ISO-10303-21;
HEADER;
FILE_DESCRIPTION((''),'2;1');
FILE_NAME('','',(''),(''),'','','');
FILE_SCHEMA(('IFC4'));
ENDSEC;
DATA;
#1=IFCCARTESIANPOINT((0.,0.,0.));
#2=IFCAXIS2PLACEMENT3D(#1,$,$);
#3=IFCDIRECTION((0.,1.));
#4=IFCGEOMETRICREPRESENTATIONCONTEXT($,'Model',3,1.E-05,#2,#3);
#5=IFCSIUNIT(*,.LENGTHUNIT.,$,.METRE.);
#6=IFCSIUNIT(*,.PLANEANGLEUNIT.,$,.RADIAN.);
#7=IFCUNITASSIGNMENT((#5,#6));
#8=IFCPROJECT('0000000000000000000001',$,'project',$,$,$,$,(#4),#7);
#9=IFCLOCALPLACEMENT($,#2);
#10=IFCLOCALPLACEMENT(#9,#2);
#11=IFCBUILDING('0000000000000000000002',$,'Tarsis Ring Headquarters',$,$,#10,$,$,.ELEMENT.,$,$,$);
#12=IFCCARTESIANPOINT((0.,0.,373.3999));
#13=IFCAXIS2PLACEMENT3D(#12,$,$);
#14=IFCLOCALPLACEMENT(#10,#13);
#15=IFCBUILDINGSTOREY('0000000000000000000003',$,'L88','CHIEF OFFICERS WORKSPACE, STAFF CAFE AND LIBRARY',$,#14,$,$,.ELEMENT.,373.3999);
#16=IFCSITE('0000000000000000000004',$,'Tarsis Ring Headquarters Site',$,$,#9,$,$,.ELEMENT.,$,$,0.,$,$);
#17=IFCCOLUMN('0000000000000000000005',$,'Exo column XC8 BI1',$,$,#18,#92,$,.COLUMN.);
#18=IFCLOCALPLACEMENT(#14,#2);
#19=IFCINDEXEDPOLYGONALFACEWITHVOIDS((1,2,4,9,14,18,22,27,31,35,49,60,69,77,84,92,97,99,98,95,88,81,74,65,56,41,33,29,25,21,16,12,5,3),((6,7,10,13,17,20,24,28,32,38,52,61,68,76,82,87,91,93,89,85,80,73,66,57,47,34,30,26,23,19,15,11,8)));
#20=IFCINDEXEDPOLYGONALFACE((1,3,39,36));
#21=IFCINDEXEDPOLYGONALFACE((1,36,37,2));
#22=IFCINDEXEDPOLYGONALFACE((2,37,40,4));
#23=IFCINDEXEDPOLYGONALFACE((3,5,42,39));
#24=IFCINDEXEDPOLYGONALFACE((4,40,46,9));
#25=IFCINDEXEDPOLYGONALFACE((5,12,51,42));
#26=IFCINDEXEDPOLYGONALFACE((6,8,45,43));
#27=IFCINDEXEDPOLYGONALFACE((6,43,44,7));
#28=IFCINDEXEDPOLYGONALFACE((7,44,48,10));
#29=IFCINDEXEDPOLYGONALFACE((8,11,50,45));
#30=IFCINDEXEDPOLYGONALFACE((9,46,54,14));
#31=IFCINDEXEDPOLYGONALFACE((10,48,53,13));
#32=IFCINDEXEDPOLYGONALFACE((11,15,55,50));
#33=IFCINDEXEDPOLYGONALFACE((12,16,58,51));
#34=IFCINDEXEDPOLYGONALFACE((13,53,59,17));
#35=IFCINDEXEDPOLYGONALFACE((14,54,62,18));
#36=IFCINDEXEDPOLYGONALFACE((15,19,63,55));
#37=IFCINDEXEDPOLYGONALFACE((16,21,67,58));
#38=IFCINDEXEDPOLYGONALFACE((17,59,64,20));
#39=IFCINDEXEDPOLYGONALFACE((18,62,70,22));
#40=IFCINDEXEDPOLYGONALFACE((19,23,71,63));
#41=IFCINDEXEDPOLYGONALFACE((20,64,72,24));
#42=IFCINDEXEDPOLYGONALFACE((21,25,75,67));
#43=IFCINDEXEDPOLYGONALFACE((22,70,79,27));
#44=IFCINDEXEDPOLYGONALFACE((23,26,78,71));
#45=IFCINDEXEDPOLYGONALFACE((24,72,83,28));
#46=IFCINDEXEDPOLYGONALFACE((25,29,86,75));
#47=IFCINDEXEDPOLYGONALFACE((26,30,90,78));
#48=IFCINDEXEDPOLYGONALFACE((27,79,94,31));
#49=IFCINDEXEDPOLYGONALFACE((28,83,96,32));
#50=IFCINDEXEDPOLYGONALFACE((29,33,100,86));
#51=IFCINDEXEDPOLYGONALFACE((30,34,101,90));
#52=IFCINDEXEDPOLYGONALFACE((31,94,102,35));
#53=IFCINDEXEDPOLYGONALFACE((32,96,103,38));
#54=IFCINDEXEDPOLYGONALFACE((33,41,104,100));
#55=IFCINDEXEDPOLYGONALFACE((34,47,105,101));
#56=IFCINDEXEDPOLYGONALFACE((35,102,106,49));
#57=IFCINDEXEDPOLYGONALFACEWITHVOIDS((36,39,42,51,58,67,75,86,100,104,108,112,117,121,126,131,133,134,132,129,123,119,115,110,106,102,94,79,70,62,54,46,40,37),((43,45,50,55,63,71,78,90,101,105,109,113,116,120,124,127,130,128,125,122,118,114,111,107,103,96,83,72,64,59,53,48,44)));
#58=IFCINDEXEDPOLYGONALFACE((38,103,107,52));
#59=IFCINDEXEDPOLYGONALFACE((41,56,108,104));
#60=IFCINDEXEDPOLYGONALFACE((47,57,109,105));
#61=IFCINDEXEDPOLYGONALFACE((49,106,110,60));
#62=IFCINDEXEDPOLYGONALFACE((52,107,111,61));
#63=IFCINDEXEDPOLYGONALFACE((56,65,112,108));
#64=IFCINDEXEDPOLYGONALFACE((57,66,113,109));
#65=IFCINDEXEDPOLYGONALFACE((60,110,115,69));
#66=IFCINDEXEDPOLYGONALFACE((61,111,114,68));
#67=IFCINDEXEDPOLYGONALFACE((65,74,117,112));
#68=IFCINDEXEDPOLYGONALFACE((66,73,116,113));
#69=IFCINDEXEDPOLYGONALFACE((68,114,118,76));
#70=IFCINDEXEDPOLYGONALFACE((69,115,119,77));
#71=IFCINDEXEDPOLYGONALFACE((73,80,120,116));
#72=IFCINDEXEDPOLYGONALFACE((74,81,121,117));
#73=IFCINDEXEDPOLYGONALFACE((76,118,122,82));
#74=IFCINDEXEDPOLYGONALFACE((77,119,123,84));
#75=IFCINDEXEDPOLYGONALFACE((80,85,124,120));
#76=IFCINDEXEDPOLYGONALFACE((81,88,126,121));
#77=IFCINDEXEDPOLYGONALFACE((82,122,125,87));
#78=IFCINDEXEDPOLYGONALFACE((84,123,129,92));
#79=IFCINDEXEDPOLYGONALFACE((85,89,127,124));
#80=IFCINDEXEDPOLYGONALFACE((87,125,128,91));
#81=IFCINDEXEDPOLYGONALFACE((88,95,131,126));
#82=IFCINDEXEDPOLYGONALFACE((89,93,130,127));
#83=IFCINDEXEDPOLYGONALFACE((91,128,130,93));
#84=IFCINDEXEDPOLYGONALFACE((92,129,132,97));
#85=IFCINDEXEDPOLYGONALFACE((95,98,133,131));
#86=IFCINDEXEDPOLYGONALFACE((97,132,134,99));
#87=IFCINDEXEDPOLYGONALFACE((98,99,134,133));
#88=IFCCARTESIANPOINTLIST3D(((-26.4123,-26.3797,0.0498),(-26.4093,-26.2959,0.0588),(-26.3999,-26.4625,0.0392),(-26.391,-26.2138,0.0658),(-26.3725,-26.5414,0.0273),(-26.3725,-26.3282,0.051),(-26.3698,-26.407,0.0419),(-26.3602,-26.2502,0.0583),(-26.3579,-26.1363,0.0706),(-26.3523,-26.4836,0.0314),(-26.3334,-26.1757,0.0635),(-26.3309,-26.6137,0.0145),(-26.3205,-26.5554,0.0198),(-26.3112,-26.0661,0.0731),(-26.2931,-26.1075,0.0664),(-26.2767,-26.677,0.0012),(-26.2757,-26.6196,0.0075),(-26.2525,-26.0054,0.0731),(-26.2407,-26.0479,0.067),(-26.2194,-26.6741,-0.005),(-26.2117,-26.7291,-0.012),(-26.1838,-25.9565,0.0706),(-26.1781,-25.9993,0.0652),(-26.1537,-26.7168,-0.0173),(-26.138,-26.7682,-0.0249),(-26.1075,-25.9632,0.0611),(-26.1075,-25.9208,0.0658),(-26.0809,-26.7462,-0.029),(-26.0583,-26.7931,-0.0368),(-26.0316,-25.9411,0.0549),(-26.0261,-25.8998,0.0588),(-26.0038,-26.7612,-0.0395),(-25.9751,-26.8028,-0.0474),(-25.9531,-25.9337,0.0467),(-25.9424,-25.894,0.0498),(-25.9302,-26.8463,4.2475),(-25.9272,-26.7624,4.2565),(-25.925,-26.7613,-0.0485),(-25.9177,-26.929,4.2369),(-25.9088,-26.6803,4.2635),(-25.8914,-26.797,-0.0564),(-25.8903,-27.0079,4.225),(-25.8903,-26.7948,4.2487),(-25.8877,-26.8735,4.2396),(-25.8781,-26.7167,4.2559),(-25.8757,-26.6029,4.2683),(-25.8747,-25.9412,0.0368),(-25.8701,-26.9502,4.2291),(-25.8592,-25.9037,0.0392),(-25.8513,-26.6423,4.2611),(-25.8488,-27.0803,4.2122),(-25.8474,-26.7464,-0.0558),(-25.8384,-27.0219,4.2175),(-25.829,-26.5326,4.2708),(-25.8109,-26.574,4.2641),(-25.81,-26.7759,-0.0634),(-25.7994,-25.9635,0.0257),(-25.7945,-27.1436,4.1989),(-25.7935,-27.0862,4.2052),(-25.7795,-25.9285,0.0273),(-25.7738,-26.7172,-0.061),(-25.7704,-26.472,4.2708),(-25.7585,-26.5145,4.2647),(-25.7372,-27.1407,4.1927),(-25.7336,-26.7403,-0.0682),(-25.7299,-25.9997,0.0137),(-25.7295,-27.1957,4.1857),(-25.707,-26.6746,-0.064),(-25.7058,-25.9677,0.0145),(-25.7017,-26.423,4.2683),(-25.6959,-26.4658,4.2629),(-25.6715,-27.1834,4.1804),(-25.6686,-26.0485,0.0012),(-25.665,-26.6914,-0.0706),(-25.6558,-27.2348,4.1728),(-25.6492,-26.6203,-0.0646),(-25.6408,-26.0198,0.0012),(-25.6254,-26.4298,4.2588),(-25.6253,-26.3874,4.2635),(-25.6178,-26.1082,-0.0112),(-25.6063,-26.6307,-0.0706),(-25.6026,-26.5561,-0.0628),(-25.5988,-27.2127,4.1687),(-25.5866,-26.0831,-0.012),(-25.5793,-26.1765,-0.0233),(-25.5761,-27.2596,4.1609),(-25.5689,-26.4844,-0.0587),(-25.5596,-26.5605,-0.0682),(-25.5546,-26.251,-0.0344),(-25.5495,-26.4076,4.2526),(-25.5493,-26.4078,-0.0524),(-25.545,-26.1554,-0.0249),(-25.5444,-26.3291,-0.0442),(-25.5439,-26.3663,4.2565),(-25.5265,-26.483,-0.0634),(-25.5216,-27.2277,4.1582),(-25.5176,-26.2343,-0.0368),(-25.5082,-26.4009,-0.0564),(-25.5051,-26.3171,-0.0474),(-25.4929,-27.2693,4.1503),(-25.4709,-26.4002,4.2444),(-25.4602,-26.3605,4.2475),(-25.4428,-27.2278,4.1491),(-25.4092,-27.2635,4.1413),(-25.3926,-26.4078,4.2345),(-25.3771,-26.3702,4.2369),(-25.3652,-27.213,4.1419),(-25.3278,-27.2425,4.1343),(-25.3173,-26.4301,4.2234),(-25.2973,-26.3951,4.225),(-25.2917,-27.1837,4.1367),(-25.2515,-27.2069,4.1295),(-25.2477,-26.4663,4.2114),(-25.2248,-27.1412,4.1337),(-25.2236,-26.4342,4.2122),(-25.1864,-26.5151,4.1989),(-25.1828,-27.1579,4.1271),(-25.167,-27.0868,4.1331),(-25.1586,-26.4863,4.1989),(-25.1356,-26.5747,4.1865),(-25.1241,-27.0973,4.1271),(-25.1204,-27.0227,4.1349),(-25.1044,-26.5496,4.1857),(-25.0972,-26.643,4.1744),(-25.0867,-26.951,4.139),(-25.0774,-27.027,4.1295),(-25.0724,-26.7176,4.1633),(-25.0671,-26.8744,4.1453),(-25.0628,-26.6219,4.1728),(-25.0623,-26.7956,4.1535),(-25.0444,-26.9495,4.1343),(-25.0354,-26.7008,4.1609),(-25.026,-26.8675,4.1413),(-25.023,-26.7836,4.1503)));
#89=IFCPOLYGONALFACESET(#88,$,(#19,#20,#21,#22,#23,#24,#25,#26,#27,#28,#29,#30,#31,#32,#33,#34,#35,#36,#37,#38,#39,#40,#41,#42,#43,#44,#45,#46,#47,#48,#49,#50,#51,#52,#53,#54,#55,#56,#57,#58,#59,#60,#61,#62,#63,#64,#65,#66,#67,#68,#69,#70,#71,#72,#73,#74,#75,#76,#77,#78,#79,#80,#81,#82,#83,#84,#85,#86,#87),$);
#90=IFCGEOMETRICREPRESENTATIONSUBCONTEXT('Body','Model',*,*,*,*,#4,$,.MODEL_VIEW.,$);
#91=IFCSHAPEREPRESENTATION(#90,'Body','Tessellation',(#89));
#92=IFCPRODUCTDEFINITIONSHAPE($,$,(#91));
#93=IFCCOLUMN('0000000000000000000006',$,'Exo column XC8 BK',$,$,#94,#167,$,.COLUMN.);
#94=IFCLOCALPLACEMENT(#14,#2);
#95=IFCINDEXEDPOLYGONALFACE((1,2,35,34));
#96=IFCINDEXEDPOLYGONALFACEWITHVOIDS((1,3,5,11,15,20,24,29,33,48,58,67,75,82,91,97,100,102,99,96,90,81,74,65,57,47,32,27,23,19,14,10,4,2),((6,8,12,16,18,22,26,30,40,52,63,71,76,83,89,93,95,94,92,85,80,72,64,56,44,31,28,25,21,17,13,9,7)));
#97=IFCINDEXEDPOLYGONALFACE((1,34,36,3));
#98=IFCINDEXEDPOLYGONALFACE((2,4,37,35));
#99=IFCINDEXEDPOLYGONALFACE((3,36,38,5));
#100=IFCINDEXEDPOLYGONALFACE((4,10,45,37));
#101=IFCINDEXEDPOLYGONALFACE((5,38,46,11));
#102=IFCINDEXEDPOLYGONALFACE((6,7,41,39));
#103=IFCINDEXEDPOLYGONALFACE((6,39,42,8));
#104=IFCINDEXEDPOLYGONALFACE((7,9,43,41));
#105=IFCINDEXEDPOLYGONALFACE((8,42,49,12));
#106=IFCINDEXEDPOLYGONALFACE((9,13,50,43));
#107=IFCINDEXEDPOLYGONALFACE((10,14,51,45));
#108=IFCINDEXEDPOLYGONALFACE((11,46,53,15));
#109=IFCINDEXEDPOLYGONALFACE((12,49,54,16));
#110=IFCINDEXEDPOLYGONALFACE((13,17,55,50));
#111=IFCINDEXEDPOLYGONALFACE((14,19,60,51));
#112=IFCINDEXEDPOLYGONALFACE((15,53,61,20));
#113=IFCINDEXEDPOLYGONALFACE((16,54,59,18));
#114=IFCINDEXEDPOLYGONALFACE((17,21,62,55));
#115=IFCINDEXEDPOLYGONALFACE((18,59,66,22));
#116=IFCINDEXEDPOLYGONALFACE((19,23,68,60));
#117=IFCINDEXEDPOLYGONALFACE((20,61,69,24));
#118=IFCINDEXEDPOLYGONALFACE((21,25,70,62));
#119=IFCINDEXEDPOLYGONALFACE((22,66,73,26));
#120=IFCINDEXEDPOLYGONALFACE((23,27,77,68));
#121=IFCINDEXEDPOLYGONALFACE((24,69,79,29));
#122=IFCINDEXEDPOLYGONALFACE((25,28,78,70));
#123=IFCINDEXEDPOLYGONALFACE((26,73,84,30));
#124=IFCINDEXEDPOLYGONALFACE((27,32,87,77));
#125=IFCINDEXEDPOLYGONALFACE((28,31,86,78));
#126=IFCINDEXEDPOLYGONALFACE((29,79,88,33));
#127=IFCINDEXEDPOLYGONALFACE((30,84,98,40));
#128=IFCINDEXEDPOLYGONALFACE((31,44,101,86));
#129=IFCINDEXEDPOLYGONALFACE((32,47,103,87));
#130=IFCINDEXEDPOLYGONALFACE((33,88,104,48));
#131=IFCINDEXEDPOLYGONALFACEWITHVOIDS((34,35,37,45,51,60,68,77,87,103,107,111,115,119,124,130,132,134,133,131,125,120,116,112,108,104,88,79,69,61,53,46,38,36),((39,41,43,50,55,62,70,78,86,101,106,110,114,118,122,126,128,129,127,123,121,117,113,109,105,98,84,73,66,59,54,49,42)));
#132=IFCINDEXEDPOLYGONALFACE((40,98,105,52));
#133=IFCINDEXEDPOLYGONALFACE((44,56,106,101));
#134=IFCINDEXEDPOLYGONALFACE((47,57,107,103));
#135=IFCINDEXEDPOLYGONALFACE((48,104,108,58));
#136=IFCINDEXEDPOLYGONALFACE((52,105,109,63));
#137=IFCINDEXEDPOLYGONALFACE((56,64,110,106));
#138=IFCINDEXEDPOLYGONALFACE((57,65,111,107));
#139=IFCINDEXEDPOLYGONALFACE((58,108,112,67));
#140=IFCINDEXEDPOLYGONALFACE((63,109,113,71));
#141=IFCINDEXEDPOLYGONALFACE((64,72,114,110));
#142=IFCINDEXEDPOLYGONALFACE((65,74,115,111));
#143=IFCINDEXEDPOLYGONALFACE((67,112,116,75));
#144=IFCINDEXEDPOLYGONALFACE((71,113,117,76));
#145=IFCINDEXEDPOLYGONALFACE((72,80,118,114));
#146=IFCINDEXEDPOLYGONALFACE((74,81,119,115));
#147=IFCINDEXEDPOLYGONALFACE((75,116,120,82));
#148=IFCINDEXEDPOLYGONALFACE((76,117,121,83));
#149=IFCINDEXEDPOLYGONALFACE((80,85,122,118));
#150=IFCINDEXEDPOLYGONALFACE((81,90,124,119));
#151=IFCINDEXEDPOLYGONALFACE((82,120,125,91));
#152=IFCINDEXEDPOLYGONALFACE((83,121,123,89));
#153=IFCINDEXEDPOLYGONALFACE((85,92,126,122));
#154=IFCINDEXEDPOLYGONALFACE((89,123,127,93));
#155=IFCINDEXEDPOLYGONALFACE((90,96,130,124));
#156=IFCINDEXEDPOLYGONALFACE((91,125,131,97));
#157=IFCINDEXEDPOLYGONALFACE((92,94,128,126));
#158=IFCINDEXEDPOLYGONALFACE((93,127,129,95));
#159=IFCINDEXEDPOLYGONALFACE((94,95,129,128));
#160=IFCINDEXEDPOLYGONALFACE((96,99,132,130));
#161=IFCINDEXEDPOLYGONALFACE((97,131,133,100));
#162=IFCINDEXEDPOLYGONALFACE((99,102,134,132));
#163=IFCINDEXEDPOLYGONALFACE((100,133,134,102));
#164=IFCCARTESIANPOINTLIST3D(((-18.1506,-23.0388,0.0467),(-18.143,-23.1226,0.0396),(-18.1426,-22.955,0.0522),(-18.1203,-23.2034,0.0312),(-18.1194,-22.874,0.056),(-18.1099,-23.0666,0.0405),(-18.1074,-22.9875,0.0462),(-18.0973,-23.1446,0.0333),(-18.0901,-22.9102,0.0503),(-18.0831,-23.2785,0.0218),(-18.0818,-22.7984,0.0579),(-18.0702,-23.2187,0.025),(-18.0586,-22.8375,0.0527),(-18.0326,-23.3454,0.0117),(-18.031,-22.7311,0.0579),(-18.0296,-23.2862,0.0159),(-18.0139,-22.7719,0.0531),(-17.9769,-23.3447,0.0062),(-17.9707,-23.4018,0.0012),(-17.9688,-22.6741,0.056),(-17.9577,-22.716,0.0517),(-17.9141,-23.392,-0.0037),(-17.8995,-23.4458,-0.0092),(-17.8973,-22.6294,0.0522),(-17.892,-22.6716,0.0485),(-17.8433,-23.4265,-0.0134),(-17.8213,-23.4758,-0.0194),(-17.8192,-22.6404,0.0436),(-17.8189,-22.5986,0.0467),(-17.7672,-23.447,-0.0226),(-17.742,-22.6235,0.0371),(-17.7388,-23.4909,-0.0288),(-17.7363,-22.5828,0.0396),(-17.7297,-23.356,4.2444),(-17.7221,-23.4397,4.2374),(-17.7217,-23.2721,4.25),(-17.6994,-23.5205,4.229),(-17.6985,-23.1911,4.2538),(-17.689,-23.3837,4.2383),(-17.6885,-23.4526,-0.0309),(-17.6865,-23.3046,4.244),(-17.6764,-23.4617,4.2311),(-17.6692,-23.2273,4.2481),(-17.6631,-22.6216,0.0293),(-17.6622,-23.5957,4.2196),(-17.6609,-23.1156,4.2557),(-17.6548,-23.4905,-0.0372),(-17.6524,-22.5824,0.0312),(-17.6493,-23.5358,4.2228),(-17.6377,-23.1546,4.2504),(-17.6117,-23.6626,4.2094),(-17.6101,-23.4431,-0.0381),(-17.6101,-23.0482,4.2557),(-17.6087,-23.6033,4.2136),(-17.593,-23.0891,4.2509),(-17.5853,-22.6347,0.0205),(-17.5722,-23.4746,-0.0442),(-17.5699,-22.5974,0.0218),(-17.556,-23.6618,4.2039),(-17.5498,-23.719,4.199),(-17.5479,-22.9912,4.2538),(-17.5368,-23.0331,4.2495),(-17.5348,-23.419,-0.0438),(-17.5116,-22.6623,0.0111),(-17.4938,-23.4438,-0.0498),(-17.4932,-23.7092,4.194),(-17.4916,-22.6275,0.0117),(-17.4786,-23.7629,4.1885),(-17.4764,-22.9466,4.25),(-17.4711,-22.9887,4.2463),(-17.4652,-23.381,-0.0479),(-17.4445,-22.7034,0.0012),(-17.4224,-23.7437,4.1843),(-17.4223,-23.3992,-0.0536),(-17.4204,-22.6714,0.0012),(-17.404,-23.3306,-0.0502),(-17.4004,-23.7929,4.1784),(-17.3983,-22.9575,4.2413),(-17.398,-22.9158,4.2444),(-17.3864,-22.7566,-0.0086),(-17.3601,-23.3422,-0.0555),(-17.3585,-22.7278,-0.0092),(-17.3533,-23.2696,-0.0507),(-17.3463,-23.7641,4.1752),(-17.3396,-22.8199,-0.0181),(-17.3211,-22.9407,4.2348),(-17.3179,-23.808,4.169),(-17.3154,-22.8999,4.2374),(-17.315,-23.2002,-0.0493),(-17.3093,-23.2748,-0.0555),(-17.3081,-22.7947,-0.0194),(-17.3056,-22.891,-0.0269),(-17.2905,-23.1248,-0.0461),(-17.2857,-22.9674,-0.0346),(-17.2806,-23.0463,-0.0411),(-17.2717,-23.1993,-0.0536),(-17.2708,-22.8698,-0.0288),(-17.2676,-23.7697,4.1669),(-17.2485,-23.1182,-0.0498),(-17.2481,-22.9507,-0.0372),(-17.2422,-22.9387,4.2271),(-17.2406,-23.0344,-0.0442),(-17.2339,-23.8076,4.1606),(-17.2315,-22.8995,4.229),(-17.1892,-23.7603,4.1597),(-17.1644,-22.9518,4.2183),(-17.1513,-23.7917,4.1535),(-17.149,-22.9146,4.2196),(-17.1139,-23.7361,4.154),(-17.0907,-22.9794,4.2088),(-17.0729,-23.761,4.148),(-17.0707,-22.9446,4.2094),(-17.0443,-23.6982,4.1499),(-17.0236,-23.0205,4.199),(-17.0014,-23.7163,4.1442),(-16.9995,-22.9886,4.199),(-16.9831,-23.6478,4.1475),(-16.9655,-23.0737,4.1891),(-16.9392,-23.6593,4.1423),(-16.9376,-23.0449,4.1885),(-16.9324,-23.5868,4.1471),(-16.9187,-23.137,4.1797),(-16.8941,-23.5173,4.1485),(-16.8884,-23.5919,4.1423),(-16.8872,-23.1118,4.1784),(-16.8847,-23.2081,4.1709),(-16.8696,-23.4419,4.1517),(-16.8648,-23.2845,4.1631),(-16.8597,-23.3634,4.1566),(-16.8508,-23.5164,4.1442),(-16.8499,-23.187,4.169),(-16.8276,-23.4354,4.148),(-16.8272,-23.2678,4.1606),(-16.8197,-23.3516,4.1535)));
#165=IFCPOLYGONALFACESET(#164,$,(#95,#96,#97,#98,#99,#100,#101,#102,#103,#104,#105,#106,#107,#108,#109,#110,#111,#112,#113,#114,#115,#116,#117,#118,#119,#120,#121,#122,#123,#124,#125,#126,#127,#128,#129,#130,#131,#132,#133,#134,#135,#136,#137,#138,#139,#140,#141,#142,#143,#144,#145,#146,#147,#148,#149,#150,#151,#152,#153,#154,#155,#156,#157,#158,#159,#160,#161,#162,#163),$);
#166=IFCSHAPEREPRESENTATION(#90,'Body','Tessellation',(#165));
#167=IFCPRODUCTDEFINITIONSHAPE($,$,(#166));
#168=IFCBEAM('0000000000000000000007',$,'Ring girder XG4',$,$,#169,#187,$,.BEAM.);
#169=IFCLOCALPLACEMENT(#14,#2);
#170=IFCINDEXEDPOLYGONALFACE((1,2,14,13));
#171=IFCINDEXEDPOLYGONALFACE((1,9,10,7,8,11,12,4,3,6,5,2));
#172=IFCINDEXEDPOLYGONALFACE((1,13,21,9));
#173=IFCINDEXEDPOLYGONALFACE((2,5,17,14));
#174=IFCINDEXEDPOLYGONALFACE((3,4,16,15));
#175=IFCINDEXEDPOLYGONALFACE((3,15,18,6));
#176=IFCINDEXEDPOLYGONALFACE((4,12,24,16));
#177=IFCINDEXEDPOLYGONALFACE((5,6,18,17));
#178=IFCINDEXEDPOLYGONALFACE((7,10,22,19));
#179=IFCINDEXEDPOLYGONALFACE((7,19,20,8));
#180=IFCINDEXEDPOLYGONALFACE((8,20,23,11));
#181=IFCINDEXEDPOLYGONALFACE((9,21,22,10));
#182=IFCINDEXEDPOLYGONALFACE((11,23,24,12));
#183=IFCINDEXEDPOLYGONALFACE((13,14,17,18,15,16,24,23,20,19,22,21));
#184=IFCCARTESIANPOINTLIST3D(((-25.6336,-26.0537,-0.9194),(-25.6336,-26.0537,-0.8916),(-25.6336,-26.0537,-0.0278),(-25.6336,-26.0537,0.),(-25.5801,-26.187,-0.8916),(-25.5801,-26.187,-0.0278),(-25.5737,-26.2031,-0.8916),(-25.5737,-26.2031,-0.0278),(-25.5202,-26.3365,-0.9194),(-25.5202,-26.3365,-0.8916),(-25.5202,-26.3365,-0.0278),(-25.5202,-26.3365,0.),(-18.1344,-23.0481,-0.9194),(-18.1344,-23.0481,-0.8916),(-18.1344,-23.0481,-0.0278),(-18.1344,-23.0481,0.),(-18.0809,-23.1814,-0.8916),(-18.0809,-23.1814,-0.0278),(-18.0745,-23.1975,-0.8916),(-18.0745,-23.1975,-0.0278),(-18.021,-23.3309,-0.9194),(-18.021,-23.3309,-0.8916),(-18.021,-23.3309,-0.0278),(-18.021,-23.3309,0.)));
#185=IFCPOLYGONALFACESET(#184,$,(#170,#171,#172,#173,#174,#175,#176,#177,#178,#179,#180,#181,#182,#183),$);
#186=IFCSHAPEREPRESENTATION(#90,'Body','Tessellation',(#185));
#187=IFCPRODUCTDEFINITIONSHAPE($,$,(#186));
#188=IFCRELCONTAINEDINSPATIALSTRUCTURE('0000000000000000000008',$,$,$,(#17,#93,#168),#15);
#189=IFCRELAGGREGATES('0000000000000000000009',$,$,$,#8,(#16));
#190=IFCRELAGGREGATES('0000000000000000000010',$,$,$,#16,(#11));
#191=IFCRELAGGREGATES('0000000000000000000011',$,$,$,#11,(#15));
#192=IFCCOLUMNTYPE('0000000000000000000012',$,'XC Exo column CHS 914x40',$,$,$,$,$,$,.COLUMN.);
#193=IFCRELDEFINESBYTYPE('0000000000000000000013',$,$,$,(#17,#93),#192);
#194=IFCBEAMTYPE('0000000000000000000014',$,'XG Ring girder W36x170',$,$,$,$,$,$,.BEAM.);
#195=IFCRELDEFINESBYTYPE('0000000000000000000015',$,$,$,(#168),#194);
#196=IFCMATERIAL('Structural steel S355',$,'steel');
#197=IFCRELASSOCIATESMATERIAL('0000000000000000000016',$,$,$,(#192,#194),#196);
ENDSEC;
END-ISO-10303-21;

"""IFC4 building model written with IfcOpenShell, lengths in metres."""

from ifc_helpers import new_model, si_unit, direction, frame, origin, origin_2d, place, context, subcontext, project, spatial, hollow_circle, i_section, extrude, material, material_profile, profile_set, type_object, element, save


model = new_model("IFC4")

# Units and contexts
model_context = context("Model", 3, precision=1e-05, world=origin(), true_north=direction((0.0, 1.0)))
body_context = subcontext(model_context, "Body", "Model", "MODEL_VIEW")
ifc_project = project(units=[si_unit("LENGTHUNIT", "METRE"), si_unit("PLANEANGLEUNIT", "RADIAN")], contexts=[model_context])

# Site, building, storey
site_placement = place(None, origin())
site = spatial("IfcSite", under=ifc_project, at=site_placement, Name="Tarsis Ring Headquarters Site", CompositionType="ELEMENT", RefElevation=0.0)
building_placement = place(site_placement, origin())
building = spatial("IfcBuilding", under=site, at=building_placement, Name="Tarsis Ring Headquarters", CompositionType="ELEMENT")
storey_placement = place(building_placement, frame((0.0, 0.0, 373.3999)))
storey = spatial("IfcBuildingStorey", under=building, at=storey_placement, Name="L88", Description="CHIEF OFFICERS WORKSPACE, STAFF CAFE AND LIBRARY", CompositionType="ELEMENT", Elevation=373.3999)

# Columns
ifc_material_1 = material(Name="Structural steel S355", Category="steel")
ifc_material_profile_1 = material_profile(ifc_material_1, hollow_circle(Radius=0.457, WallThickness=0.04, at=origin_2d()), Name="CHS 914x40")
ifc_profile_set_1 = profile_set([ifc_material_profile_1], Name="Structural steel S355")
column_type = type_object("IfcColumnType", Name="XC Exo column CHS 914x40", PredefinedType="COLUMN", material=ifc_profile_set_1)
column_1_placement = place(storey_placement, frame((-25.9587, -26.3484, 0.0012), z_axis=(0.113426, -0.10975, 0.987466), x_axis=(0.695367, 0.718655, 0.0)))
element("IfcColumn", 1, at=column_1_placement, inside=storey, type_object=column_type, Name="Exo column XC8 BI1", PredefinedType="COLUMN", context=body_context, shape_type="SweptSolid", body=[
    extrude(hollow_circle(Radius=0.4573, WallThickness=0.04, at=origin_2d()), origin(), (0.0, 0.0, 1.0), 4.251),
])
column_2_placement = place(storey_placement, frame((-17.6956, -23.0366, 0.0012), z_axis=(0.099487, -0.074961, 0.992211), x_axis=(0.601777, 0.798664, 0.0)))
element("IfcColumn", 2, at=column_2_placement, inside=storey, type_object=column_type, Name="Exo column XC8 BK", PredefinedType="COLUMN", context=body_context, shape_type="SweptSolid", body=[
    extrude(hollow_circle(Radius=0.4573, WallThickness=0.04, at=origin_2d()), origin(), (0.0, 0.0, 1.0), 4.2307),
])

# Beam
ifc_material_profile_2 = material_profile(ifc_material_1, i_section(OverallWidth=0.3047, OverallDepth=0.9194, WebThickness=0.0173, FlangeThickness=0.0278, at=origin_2d()), Name="W36x170")
ifc_profile_set_2 = profile_set([ifc_material_profile_2], Name="Structural steel S355")
beam_type = type_object("IfcBeamType", Name="XG Ring girder W36x170", PredefinedType="BEAM", material=ifc_profile_set_2)
beam_1_placement = place(storey_placement, frame((-25.5769, -26.1951, -0.4597), z_axis=(0.928224, 0.372021, 0.0), x_axis=(-0.372021, 0.928224, 0.0)))
element("IfcBeam", 3, at=beam_1_placement, inside=storey, type_object=beam_type, Name="Ring girder XG4", PredefinedType="BEAM", context=body_context, shape_type="SweptSolid", body=[
    extrude(i_section(OverallWidth=0.3047, OverallDepth=0.9194, WebThickness=0.0173, FlangeThickness=0.0278, at=origin_2d()), origin(), (0.0, 0.0, 1.0), 8.0791),
])

save(model, "model.ifc")
